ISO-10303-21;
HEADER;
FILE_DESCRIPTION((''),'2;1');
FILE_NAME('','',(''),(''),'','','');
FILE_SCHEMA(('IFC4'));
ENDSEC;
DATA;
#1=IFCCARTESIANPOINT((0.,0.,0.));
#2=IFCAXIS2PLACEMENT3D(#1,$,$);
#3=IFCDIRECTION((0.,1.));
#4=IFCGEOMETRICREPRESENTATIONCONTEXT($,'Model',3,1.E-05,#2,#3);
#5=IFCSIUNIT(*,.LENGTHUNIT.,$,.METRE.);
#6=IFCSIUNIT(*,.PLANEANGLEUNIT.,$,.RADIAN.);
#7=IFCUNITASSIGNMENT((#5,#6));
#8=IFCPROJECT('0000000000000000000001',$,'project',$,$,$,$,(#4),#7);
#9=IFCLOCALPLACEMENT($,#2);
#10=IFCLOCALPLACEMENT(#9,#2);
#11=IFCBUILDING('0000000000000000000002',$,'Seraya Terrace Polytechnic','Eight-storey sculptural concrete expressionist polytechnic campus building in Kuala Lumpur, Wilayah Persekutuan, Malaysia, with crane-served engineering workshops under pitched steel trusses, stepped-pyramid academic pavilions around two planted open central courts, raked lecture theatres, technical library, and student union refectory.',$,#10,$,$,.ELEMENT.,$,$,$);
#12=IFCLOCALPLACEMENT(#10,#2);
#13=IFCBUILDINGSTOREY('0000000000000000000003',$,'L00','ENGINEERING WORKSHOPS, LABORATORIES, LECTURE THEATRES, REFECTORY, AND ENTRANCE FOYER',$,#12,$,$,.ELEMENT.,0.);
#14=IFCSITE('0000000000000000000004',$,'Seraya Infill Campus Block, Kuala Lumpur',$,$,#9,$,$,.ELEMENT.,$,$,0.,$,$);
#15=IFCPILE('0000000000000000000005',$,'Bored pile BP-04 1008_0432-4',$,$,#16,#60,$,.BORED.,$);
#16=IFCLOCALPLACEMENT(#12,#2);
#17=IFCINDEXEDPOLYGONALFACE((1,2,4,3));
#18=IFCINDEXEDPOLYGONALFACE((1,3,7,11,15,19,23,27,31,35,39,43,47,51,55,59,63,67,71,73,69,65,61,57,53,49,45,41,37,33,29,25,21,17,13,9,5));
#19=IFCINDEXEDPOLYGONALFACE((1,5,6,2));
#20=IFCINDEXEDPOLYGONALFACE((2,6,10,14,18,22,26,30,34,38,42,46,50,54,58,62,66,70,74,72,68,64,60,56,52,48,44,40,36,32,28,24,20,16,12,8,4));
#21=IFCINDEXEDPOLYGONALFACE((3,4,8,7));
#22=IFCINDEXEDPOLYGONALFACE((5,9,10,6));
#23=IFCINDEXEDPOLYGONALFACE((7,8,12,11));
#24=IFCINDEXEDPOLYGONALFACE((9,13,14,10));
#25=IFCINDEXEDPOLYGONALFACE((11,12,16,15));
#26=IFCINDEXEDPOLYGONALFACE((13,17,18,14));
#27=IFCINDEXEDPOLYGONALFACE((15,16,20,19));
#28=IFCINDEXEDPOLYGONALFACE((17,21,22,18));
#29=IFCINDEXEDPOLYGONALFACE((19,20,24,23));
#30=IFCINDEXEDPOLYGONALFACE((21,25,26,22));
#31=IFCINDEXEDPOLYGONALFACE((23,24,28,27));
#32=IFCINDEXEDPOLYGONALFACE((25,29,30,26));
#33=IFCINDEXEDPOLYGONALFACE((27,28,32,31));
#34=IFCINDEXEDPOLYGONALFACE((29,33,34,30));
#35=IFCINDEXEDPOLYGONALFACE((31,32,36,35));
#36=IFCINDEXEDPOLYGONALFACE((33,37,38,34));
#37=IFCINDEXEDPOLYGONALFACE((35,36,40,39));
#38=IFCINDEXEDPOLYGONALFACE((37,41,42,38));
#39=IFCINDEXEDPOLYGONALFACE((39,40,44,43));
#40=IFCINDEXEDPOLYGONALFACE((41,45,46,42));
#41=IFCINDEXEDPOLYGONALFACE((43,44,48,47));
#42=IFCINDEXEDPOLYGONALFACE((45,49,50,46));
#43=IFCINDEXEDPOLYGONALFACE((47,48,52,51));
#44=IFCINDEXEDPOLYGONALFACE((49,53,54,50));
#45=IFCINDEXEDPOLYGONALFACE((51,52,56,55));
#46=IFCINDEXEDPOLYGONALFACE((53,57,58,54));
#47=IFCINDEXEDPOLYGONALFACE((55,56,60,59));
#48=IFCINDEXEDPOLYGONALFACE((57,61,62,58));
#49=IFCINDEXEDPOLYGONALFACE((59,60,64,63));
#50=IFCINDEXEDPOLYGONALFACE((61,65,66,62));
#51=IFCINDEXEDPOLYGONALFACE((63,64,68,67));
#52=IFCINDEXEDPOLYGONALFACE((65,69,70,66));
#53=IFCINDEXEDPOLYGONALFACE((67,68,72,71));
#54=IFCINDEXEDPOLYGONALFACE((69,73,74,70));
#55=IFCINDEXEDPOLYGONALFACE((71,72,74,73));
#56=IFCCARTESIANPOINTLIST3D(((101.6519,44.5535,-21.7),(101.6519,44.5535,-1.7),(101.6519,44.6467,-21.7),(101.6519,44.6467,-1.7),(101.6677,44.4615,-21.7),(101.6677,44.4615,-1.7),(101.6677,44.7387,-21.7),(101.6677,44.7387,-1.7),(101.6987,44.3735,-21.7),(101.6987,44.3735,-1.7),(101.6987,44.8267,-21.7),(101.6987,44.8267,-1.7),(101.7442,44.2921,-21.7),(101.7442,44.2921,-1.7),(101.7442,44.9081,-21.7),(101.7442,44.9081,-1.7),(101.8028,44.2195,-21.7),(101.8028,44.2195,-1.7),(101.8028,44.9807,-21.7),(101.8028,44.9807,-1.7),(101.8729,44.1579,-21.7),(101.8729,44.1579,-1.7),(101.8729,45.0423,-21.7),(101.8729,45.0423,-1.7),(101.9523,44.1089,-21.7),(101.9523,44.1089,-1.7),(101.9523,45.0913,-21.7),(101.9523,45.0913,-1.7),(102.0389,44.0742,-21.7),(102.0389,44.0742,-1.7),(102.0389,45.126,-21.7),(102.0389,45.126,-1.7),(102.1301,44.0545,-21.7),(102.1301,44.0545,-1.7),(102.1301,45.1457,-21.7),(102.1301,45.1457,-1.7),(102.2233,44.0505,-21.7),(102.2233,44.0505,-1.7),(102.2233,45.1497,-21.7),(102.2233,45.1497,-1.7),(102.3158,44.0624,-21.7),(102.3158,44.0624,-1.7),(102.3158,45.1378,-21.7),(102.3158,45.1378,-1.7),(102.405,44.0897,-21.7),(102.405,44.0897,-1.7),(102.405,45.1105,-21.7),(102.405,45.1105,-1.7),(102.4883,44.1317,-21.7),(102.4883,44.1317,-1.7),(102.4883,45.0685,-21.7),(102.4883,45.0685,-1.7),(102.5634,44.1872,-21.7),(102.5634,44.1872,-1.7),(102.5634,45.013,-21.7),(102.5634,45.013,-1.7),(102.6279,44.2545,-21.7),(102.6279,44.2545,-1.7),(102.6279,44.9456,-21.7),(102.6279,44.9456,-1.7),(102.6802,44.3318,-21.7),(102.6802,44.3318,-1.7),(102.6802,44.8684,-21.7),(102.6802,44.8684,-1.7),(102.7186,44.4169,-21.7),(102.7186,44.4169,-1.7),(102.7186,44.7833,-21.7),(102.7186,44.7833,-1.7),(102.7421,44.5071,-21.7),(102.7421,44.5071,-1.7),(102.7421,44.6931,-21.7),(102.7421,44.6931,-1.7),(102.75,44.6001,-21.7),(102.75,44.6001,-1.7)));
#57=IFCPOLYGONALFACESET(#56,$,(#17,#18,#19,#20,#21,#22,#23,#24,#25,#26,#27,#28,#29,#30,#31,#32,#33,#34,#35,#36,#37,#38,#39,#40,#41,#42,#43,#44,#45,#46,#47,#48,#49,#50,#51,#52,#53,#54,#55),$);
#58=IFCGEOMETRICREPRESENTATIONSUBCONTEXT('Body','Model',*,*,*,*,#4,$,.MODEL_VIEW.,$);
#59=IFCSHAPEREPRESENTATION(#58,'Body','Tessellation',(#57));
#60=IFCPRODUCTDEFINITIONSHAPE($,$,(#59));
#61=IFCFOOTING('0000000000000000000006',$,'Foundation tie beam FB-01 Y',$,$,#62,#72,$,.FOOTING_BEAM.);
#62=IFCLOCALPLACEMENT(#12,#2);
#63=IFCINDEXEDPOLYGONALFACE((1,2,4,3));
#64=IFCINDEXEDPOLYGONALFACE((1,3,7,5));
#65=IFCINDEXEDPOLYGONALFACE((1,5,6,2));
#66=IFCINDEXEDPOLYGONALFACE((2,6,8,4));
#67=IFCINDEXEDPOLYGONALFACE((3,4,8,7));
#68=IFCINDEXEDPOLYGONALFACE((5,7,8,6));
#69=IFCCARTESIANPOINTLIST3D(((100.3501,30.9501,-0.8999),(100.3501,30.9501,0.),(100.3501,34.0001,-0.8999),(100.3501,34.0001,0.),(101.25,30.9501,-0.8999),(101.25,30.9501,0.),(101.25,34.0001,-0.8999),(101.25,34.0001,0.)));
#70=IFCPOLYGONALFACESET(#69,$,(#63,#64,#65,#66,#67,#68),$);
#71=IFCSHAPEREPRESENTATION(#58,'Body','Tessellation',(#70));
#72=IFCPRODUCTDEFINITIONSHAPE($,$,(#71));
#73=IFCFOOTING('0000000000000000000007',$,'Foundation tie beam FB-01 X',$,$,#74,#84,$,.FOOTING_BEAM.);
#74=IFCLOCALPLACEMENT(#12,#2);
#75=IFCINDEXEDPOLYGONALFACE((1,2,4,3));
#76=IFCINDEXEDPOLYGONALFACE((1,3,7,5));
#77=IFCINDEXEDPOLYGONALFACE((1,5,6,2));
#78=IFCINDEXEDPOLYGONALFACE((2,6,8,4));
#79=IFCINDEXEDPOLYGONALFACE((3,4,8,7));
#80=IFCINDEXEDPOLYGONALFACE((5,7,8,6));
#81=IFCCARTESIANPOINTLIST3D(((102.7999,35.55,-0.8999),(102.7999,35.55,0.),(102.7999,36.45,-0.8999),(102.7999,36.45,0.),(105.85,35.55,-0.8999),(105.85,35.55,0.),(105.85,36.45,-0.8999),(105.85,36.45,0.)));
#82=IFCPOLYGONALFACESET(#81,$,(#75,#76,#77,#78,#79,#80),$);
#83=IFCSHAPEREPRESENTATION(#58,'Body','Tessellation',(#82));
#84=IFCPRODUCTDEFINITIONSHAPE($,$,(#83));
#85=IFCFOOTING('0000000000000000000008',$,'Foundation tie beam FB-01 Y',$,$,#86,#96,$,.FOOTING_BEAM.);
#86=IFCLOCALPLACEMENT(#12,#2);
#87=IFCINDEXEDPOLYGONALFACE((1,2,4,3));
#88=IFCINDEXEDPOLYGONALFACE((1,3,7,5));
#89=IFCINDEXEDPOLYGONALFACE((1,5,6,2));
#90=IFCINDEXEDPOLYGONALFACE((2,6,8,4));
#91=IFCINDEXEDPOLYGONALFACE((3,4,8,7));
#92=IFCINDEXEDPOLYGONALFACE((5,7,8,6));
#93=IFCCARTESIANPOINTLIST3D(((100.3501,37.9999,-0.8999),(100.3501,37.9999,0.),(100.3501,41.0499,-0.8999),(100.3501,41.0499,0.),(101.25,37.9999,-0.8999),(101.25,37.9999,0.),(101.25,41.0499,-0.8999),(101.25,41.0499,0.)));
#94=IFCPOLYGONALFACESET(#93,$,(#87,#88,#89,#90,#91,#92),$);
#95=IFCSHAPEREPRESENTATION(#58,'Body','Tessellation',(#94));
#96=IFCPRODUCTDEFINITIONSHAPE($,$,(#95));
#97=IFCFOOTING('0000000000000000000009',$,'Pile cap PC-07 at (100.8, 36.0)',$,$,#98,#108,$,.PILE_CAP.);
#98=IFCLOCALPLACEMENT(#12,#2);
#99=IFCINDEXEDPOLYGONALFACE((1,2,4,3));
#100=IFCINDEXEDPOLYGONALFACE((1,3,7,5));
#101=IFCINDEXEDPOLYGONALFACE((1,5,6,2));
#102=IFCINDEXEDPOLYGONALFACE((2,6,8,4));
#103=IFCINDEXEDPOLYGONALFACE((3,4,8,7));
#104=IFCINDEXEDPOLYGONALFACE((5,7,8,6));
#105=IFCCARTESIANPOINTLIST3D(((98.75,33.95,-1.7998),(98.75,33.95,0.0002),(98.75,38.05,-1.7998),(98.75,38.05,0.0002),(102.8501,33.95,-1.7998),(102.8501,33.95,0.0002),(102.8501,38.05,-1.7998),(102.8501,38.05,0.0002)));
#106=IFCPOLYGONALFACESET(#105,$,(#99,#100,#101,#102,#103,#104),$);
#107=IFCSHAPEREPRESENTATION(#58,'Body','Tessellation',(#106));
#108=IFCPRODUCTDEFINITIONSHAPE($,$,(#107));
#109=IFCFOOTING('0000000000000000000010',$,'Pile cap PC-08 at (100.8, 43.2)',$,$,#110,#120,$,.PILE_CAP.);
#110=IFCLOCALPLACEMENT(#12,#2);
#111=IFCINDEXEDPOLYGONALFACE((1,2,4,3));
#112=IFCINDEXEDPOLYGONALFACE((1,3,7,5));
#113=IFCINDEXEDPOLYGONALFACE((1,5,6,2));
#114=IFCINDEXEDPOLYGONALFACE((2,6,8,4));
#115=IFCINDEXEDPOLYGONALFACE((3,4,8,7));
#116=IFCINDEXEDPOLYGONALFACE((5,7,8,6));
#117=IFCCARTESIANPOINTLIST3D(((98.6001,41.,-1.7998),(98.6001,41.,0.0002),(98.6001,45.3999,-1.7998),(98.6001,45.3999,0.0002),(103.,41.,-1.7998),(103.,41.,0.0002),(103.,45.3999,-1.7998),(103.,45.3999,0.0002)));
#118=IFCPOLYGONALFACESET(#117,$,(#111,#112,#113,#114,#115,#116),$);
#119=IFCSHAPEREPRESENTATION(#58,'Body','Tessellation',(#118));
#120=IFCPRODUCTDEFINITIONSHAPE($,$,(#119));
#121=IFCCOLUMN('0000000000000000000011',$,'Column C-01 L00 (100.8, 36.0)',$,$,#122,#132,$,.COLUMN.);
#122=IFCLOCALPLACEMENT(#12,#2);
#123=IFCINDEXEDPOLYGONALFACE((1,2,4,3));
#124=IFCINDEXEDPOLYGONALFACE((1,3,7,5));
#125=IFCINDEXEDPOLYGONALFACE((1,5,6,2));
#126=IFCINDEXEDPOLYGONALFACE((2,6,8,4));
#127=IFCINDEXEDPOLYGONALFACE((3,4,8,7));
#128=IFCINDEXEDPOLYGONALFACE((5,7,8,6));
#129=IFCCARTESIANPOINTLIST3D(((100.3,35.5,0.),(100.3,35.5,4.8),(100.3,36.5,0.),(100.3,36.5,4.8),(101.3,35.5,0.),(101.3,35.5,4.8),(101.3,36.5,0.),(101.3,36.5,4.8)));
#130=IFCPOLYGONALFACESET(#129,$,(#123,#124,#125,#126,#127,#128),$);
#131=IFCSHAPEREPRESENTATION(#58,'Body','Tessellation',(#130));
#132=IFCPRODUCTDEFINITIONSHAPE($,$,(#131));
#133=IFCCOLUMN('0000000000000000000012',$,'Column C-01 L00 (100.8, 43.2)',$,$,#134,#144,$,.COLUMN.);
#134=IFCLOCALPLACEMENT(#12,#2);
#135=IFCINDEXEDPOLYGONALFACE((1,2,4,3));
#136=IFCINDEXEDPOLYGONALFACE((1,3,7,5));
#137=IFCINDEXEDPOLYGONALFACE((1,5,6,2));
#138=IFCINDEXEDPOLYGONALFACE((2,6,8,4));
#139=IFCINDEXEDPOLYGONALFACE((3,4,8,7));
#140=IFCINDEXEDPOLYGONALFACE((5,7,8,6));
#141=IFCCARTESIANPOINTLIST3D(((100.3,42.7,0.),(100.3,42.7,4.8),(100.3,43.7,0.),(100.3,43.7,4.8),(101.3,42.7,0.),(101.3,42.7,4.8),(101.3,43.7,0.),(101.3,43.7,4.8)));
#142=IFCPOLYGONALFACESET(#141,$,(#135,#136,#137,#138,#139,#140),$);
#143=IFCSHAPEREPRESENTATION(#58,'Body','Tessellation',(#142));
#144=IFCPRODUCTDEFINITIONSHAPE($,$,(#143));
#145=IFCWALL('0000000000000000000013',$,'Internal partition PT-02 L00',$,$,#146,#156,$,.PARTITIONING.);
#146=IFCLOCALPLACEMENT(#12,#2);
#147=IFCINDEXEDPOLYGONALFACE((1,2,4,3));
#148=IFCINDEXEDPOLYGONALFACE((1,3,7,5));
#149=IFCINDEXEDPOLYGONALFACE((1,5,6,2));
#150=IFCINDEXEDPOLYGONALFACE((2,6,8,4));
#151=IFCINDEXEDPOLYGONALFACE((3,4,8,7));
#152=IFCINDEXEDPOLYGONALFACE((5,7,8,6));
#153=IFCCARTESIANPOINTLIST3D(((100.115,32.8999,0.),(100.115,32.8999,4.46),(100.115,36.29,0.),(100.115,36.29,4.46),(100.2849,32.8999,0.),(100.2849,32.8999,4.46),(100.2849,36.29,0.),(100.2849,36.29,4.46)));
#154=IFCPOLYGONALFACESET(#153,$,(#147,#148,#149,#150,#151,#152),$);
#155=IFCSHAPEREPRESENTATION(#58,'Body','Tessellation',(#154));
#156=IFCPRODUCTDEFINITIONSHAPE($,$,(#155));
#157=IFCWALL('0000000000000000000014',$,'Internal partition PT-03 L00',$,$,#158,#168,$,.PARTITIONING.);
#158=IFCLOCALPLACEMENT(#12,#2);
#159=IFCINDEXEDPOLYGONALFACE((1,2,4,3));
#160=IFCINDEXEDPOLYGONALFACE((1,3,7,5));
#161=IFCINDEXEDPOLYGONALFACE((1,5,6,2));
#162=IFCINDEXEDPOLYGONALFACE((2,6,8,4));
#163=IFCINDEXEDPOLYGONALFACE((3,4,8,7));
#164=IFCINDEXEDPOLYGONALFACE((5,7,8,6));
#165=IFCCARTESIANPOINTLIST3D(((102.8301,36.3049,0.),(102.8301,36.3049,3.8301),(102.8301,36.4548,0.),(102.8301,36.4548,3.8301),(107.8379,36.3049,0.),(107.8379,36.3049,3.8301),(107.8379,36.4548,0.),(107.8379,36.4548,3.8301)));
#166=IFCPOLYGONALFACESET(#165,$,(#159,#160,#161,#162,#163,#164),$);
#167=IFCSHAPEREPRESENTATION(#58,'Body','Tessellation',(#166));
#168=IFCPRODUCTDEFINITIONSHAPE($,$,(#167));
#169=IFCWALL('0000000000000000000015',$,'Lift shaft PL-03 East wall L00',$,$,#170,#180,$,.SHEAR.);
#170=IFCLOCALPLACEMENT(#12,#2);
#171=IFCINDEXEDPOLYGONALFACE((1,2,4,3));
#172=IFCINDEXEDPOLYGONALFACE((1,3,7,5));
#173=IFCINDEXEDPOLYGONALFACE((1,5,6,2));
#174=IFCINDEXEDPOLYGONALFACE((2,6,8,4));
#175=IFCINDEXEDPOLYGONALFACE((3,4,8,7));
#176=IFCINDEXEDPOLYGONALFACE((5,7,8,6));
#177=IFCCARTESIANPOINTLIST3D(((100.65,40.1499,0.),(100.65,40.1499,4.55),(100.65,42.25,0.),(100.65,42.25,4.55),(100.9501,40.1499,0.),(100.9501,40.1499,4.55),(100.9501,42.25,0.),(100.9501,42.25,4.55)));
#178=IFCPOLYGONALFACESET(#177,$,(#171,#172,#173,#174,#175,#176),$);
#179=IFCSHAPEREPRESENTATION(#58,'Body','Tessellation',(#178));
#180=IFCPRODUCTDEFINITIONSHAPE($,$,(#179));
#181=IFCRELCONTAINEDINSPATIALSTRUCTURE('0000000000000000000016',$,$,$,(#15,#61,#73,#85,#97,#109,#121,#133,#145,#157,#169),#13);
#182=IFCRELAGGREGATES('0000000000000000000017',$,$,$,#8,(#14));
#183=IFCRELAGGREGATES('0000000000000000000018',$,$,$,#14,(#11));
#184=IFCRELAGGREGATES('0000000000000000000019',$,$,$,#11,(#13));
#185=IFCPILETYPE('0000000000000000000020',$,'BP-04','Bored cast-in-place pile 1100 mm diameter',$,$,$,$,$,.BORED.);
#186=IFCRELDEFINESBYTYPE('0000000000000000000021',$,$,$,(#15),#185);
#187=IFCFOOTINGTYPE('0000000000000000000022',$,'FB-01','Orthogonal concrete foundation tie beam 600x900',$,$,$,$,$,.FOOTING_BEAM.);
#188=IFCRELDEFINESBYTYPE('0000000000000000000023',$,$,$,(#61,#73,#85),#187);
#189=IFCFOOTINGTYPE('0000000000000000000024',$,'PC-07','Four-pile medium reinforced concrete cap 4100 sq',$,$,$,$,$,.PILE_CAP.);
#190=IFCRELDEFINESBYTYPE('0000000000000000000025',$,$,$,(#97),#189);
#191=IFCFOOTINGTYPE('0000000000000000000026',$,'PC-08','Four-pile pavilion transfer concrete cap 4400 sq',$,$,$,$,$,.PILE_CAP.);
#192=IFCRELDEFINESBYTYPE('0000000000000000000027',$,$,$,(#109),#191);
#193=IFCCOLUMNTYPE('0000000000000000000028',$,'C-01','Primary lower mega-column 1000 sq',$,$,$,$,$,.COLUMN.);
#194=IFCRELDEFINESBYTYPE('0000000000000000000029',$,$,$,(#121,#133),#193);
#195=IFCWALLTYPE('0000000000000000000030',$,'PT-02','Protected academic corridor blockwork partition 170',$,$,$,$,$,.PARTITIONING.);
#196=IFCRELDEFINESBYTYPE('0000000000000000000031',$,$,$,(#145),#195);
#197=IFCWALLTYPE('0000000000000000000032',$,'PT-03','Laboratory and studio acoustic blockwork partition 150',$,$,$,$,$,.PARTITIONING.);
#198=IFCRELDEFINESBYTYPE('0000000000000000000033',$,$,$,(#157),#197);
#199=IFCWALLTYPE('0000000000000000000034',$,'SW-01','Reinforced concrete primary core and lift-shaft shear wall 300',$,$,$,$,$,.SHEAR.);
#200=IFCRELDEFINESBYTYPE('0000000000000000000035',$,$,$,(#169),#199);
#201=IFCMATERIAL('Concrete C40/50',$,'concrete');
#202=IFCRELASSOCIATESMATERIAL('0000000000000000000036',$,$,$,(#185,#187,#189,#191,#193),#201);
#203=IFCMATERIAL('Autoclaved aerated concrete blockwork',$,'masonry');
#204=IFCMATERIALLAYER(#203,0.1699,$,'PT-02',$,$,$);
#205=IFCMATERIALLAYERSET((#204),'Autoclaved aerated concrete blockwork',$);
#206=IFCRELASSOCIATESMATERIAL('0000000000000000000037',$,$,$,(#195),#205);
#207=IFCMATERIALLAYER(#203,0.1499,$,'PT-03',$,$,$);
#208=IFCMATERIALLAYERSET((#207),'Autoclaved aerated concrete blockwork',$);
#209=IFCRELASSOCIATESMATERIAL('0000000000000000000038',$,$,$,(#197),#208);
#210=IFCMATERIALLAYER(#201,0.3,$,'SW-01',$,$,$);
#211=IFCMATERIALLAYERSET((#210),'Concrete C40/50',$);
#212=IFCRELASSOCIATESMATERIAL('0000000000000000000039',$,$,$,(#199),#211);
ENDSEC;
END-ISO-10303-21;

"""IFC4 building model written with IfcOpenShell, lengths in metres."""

from ifc_helpers import new_model, si_unit, direction, frame, frame_2d, origin, origin_2d, place, context, subcontext, project, spatial, rectangle, circle, extrude, material, layer, layer_set, material_profile, profile_set, type_object, element, save


model = new_model("IFC4")

# Units and contexts
model_context = context("Model", 3, precision=1e-05, world=origin(), true_north=direction((0.0, 1.0)))
body_context = subcontext(model_context, "Body", "Model", "MODEL_VIEW")
ifc_project = project(units=[si_unit("LENGTHUNIT", "METRE"), si_unit("PLANEANGLEUNIT", "RADIAN")], contexts=[model_context])

# Site, building, storey
site_placement = place(None, origin())
site = spatial("IfcSite", under=ifc_project, at=site_placement, Name="Seraya Infill Campus Block, Kuala Lumpur", CompositionType="ELEMENT", RefElevation=0.0)
building_placement = place(site_placement, origin())
building = spatial("IfcBuilding", under=site, at=building_placement, Name="Seraya Terrace Polytechnic", Description="Eight-storey sculptural concrete expressionist polytechnic campus building in Kuala Lumpur, Wilayah Persekutuan, Malaysia, with crane-served engineering workshops under pitched steel trusses, stepped-pyramid academic pavilions around two planted open central courts, raked lecture theatres, technical library, and student union refectory.", CompositionType="ELEMENT")
storey_placement = place(building_placement, origin())
storey = spatial("IfcBuildingStorey", under=building, at=storey_placement, Name="L00", Description="ENGINEERING WORKSHOPS, LABORATORIES, LECTURE THEATRES, REFECTORY, AND ENTRANCE FOYER", CompositionType="ELEMENT", Elevation=0.0)

# Pile
ifc_material_1 = material(Name="Concrete C40/50", Category="concrete")
ifc_material_profile_1 = material_profile(ifc_material_1, circle(Radius=0.55, at=origin_2d()), Name="DIA 1100")
ifc_profile_set_1 = profile_set([ifc_material_profile_1], Name="Concrete C40/50")
pile_type_1 = type_object("IfcPileType", Name="BP-04", Description="Bored cast-in-place pile 1100 mm diameter", PredefinedType="BORED", material=ifc_profile_set_1)
for number, where, z_axis, x_axis, name in (
    (1, (102.2, 44.6001, -1.7), (0.0, 0.0, -1.0), (1.0, 0.0, 0.0), "Bored pile BP-04 1008_0432-4"),
):
    element("IfcPile", number, at=place(storey_placement, frame(where, z_axis=z_axis, x_axis=x_axis)), inside=storey, type_object=pile_type_1, Name=name, PredefinedType="BORED", context=body_context, shape_type="SweptSolid", body=[
        extrude(circle(Radius=0.55, at=origin_2d()), origin(), (0.0, 0.0, 1.0), 20.0),
    ])

# Footings
footing_type_1 = type_object("IfcFootingType", Name="FB-01", Description="Orthogonal concrete foundation tie beam 600x900", PredefinedType="FOOTING_BEAM", material=ifc_material_1)
for number, where, z_axis, x_axis, name in (
    (2, (100.8, 32.4751, -0.8999), (0.0, 0.0, 1.0), (0.0, 1.0, 0.0), "Foundation tie beam FB-01 Y"),
    (3, (104.325, 36.0, -0.8999), (0.0, 0.0, 1.0), (1.0, 0.0, 0.0), "Foundation tie beam FB-01 X"),
    (4, (100.8, 39.5249, -0.8999), (0.0, 0.0, 1.0), (0.0, 1.0, 0.0), "Foundation tie beam FB-01 Y"),
):
    element("IfcFooting", number, at=place(storey_placement, frame(where, z_axis=z_axis, x_axis=x_axis)), inside=storey, type_object=footing_type_1, Name=name, PredefinedType="FOOTING_BEAM", context=body_context, shape_type="SweptSolid", body=[
        extrude(rectangle(XDim=3.05, YDim=0.8999, at=origin_2d()), origin(), (0.0, 0.0, 1.0), 0.8999),
    ])
footing_type_2 = type_object("IfcFootingType", Name="PC-07", Description="Four-pile medium reinforced concrete cap 4100 sq", PredefinedType="PILE_CAP", material=ifc_material_1)
footing_1_placement = place(storey_placement, frame((100.8, 36.0, -1.7998), z_axis=(0.0, 0.0, 1.0), x_axis=(1.0, 0.0, 0.0)))
element("IfcFooting", 5, at=footing_1_placement, inside=storey, type_object=footing_type_2, Name="Pile cap PC-07 at (100.8, 36.0)", PredefinedType="PILE_CAP", context=body_context, shape_type="SweptSolid", body=[
    extrude(rectangle(XDim=4.1001, YDim=4.1001, at=origin_2d()), origin(), (0.0, 0.0, 1.0), 1.8),
])
footing_type_3 = type_object("IfcFootingType", Name="PC-08", Description="Four-pile pavilion transfer concrete cap 4400 sq", PredefinedType="PILE_CAP", material=ifc_material_1)
footing_2_placement = place(storey_placement, frame((100.8, 43.2, -1.7998), z_axis=(0.0, 0.0, 1.0), x_axis=(1.0, 0.0, 0.0)))
element("IfcFooting", 6, at=footing_2_placement, inside=storey, type_object=footing_type_3, Name="Pile cap PC-08 at (100.8, 43.2)", PredefinedType="PILE_CAP", context=body_context, shape_type="SweptSolid", body=[
    extrude(rectangle(XDim=4.3999, YDim=4.3999, at=origin_2d()), origin(), (0.0, 0.0, 1.0), 1.8),
])

# Columns
ifc_material_profile_2 = material_profile(ifc_material_1, rectangle(XDim=1.0, YDim=1.0, at=origin_2d()), Name="RC 1000x1000")
ifc_profile_set_2 = profile_set([ifc_material_profile_2], Name="Concrete C40/50")
column_type = type_object("IfcColumnType", Name="C-01", Description="Primary lower mega-column 1000 sq", PredefinedType="COLUMN", material=ifc_profile_set_2)
for number, where, z_axis, x_axis, name in (
    (7, (100.8, 36.0, 0.0), (0.0, 0.0, 1.0), (1.0, 0.0, 0.0), "Column C-01 L00 (100.8, 36.0)"),
    (8, (100.8, 43.2, 0.0), (0.0, 0.0, 1.0), (1.0, 0.0, 0.0), "Column C-01 L00 (100.8, 43.2)"),
):
    element("IfcColumn", number, at=place(storey_placement, frame(where, z_axis=z_axis, x_axis=x_axis)), inside=storey, type_object=column_type, Name=name, PredefinedType="COLUMN", context=body_context, shape_type="SweptSolid", body=[
        extrude(rectangle(XDim=1.0, YDim=1.0, at=origin_2d()), origin(), (0.0, 0.0, 1.0), 4.8),
    ])

# Walls
ifc_material_2 = material(Name="Autoclaved aerated concrete blockwork", Category="masonry")
ifc_layer_1 = layer(ifc_material_2, 0.1699, Name="PT-02")
ifc_layer_set_1 = layer_set([ifc_layer_1], Name="Autoclaved aerated concrete blockwork")
wall_type_1 = type_object("IfcWallType", Name="PT-02", Description="Protected academic corridor blockwork partition 170", PredefinedType="PARTITIONING", material=ifc_layer_set_1)
wall_1_placement = place(storey_placement, frame((100.2, 32.8999, 0.0), z_axis=(0.0, 0.0, 1.0), x_axis=(0.0, 1.0, 0.0)))
element("IfcWall", 9, at=wall_1_placement, inside=storey, type_object=wall_type_1, Name="Internal partition PT-02 L00", PredefinedType="PARTITIONING", context=body_context, shape_type="SweptSolid", body=[
    extrude(rectangle(XDim=3.3901, YDim=0.1699, at=frame_2d((1.6951, 0.0))), origin(), (0.0, 0.0, 1.0), 4.46),
])
ifc_layer_2 = layer(ifc_material_2, 0.1499, Name="PT-03")
ifc_layer_set_2 = layer_set([ifc_layer_2], Name="Autoclaved aerated concrete blockwork")
wall_type_2 = type_object("IfcWallType", Name="PT-03", Description="Laboratory and studio acoustic blockwork partition 150", PredefinedType="PARTITIONING", material=ifc_layer_set_2)
wall_2_placement = place(storey_placement, frame((102.8301, 36.3799, 0.0), z_axis=(0.0, 0.0, 1.0), x_axis=(1.0, 0.0, 0.0)))
element("IfcWall", 10, at=wall_2_placement, inside=storey, type_object=wall_type_2, Name="Internal partition PT-03 L00", PredefinedType="PARTITIONING", context=body_context, shape_type="SweptSolid", body=[
    extrude(rectangle(XDim=5.0078, YDim=0.1499, at=frame_2d((2.5039, 0.0))), origin(), (0.0, 0.0, 1.0), 3.8301),
])
ifc_layer_3 = layer(ifc_material_1, 0.3, Name="SW-01")
ifc_layer_set_3 = layer_set([ifc_layer_3], Name="Concrete C40/50")
wall_type_3 = type_object("IfcWallType", Name="SW-01", Description="Reinforced concrete primary core and lift-shaft shear wall 300", PredefinedType="SHEAR", material=ifc_layer_set_3)
wall_3_placement = place(storey_placement, frame((100.8, 40.1499, 0.0), z_axis=(0.0, 0.0, 1.0), x_axis=(0.0, 1.0, 0.0)))
element("IfcWall", 11, at=wall_3_placement, inside=storey, type_object=wall_type_3, Name="Lift shaft PL-03 East wall L00", PredefinedType="SHEAR", context=body_context, shape_type="SweptSolid", body=[
    extrude(rectangle(XDim=2.1001, YDim=0.3, at=frame_2d((1.05, 0.0))), origin(), (0.0, 0.0, 1.0), 4.55),
])

save(model, "model.ifc")
